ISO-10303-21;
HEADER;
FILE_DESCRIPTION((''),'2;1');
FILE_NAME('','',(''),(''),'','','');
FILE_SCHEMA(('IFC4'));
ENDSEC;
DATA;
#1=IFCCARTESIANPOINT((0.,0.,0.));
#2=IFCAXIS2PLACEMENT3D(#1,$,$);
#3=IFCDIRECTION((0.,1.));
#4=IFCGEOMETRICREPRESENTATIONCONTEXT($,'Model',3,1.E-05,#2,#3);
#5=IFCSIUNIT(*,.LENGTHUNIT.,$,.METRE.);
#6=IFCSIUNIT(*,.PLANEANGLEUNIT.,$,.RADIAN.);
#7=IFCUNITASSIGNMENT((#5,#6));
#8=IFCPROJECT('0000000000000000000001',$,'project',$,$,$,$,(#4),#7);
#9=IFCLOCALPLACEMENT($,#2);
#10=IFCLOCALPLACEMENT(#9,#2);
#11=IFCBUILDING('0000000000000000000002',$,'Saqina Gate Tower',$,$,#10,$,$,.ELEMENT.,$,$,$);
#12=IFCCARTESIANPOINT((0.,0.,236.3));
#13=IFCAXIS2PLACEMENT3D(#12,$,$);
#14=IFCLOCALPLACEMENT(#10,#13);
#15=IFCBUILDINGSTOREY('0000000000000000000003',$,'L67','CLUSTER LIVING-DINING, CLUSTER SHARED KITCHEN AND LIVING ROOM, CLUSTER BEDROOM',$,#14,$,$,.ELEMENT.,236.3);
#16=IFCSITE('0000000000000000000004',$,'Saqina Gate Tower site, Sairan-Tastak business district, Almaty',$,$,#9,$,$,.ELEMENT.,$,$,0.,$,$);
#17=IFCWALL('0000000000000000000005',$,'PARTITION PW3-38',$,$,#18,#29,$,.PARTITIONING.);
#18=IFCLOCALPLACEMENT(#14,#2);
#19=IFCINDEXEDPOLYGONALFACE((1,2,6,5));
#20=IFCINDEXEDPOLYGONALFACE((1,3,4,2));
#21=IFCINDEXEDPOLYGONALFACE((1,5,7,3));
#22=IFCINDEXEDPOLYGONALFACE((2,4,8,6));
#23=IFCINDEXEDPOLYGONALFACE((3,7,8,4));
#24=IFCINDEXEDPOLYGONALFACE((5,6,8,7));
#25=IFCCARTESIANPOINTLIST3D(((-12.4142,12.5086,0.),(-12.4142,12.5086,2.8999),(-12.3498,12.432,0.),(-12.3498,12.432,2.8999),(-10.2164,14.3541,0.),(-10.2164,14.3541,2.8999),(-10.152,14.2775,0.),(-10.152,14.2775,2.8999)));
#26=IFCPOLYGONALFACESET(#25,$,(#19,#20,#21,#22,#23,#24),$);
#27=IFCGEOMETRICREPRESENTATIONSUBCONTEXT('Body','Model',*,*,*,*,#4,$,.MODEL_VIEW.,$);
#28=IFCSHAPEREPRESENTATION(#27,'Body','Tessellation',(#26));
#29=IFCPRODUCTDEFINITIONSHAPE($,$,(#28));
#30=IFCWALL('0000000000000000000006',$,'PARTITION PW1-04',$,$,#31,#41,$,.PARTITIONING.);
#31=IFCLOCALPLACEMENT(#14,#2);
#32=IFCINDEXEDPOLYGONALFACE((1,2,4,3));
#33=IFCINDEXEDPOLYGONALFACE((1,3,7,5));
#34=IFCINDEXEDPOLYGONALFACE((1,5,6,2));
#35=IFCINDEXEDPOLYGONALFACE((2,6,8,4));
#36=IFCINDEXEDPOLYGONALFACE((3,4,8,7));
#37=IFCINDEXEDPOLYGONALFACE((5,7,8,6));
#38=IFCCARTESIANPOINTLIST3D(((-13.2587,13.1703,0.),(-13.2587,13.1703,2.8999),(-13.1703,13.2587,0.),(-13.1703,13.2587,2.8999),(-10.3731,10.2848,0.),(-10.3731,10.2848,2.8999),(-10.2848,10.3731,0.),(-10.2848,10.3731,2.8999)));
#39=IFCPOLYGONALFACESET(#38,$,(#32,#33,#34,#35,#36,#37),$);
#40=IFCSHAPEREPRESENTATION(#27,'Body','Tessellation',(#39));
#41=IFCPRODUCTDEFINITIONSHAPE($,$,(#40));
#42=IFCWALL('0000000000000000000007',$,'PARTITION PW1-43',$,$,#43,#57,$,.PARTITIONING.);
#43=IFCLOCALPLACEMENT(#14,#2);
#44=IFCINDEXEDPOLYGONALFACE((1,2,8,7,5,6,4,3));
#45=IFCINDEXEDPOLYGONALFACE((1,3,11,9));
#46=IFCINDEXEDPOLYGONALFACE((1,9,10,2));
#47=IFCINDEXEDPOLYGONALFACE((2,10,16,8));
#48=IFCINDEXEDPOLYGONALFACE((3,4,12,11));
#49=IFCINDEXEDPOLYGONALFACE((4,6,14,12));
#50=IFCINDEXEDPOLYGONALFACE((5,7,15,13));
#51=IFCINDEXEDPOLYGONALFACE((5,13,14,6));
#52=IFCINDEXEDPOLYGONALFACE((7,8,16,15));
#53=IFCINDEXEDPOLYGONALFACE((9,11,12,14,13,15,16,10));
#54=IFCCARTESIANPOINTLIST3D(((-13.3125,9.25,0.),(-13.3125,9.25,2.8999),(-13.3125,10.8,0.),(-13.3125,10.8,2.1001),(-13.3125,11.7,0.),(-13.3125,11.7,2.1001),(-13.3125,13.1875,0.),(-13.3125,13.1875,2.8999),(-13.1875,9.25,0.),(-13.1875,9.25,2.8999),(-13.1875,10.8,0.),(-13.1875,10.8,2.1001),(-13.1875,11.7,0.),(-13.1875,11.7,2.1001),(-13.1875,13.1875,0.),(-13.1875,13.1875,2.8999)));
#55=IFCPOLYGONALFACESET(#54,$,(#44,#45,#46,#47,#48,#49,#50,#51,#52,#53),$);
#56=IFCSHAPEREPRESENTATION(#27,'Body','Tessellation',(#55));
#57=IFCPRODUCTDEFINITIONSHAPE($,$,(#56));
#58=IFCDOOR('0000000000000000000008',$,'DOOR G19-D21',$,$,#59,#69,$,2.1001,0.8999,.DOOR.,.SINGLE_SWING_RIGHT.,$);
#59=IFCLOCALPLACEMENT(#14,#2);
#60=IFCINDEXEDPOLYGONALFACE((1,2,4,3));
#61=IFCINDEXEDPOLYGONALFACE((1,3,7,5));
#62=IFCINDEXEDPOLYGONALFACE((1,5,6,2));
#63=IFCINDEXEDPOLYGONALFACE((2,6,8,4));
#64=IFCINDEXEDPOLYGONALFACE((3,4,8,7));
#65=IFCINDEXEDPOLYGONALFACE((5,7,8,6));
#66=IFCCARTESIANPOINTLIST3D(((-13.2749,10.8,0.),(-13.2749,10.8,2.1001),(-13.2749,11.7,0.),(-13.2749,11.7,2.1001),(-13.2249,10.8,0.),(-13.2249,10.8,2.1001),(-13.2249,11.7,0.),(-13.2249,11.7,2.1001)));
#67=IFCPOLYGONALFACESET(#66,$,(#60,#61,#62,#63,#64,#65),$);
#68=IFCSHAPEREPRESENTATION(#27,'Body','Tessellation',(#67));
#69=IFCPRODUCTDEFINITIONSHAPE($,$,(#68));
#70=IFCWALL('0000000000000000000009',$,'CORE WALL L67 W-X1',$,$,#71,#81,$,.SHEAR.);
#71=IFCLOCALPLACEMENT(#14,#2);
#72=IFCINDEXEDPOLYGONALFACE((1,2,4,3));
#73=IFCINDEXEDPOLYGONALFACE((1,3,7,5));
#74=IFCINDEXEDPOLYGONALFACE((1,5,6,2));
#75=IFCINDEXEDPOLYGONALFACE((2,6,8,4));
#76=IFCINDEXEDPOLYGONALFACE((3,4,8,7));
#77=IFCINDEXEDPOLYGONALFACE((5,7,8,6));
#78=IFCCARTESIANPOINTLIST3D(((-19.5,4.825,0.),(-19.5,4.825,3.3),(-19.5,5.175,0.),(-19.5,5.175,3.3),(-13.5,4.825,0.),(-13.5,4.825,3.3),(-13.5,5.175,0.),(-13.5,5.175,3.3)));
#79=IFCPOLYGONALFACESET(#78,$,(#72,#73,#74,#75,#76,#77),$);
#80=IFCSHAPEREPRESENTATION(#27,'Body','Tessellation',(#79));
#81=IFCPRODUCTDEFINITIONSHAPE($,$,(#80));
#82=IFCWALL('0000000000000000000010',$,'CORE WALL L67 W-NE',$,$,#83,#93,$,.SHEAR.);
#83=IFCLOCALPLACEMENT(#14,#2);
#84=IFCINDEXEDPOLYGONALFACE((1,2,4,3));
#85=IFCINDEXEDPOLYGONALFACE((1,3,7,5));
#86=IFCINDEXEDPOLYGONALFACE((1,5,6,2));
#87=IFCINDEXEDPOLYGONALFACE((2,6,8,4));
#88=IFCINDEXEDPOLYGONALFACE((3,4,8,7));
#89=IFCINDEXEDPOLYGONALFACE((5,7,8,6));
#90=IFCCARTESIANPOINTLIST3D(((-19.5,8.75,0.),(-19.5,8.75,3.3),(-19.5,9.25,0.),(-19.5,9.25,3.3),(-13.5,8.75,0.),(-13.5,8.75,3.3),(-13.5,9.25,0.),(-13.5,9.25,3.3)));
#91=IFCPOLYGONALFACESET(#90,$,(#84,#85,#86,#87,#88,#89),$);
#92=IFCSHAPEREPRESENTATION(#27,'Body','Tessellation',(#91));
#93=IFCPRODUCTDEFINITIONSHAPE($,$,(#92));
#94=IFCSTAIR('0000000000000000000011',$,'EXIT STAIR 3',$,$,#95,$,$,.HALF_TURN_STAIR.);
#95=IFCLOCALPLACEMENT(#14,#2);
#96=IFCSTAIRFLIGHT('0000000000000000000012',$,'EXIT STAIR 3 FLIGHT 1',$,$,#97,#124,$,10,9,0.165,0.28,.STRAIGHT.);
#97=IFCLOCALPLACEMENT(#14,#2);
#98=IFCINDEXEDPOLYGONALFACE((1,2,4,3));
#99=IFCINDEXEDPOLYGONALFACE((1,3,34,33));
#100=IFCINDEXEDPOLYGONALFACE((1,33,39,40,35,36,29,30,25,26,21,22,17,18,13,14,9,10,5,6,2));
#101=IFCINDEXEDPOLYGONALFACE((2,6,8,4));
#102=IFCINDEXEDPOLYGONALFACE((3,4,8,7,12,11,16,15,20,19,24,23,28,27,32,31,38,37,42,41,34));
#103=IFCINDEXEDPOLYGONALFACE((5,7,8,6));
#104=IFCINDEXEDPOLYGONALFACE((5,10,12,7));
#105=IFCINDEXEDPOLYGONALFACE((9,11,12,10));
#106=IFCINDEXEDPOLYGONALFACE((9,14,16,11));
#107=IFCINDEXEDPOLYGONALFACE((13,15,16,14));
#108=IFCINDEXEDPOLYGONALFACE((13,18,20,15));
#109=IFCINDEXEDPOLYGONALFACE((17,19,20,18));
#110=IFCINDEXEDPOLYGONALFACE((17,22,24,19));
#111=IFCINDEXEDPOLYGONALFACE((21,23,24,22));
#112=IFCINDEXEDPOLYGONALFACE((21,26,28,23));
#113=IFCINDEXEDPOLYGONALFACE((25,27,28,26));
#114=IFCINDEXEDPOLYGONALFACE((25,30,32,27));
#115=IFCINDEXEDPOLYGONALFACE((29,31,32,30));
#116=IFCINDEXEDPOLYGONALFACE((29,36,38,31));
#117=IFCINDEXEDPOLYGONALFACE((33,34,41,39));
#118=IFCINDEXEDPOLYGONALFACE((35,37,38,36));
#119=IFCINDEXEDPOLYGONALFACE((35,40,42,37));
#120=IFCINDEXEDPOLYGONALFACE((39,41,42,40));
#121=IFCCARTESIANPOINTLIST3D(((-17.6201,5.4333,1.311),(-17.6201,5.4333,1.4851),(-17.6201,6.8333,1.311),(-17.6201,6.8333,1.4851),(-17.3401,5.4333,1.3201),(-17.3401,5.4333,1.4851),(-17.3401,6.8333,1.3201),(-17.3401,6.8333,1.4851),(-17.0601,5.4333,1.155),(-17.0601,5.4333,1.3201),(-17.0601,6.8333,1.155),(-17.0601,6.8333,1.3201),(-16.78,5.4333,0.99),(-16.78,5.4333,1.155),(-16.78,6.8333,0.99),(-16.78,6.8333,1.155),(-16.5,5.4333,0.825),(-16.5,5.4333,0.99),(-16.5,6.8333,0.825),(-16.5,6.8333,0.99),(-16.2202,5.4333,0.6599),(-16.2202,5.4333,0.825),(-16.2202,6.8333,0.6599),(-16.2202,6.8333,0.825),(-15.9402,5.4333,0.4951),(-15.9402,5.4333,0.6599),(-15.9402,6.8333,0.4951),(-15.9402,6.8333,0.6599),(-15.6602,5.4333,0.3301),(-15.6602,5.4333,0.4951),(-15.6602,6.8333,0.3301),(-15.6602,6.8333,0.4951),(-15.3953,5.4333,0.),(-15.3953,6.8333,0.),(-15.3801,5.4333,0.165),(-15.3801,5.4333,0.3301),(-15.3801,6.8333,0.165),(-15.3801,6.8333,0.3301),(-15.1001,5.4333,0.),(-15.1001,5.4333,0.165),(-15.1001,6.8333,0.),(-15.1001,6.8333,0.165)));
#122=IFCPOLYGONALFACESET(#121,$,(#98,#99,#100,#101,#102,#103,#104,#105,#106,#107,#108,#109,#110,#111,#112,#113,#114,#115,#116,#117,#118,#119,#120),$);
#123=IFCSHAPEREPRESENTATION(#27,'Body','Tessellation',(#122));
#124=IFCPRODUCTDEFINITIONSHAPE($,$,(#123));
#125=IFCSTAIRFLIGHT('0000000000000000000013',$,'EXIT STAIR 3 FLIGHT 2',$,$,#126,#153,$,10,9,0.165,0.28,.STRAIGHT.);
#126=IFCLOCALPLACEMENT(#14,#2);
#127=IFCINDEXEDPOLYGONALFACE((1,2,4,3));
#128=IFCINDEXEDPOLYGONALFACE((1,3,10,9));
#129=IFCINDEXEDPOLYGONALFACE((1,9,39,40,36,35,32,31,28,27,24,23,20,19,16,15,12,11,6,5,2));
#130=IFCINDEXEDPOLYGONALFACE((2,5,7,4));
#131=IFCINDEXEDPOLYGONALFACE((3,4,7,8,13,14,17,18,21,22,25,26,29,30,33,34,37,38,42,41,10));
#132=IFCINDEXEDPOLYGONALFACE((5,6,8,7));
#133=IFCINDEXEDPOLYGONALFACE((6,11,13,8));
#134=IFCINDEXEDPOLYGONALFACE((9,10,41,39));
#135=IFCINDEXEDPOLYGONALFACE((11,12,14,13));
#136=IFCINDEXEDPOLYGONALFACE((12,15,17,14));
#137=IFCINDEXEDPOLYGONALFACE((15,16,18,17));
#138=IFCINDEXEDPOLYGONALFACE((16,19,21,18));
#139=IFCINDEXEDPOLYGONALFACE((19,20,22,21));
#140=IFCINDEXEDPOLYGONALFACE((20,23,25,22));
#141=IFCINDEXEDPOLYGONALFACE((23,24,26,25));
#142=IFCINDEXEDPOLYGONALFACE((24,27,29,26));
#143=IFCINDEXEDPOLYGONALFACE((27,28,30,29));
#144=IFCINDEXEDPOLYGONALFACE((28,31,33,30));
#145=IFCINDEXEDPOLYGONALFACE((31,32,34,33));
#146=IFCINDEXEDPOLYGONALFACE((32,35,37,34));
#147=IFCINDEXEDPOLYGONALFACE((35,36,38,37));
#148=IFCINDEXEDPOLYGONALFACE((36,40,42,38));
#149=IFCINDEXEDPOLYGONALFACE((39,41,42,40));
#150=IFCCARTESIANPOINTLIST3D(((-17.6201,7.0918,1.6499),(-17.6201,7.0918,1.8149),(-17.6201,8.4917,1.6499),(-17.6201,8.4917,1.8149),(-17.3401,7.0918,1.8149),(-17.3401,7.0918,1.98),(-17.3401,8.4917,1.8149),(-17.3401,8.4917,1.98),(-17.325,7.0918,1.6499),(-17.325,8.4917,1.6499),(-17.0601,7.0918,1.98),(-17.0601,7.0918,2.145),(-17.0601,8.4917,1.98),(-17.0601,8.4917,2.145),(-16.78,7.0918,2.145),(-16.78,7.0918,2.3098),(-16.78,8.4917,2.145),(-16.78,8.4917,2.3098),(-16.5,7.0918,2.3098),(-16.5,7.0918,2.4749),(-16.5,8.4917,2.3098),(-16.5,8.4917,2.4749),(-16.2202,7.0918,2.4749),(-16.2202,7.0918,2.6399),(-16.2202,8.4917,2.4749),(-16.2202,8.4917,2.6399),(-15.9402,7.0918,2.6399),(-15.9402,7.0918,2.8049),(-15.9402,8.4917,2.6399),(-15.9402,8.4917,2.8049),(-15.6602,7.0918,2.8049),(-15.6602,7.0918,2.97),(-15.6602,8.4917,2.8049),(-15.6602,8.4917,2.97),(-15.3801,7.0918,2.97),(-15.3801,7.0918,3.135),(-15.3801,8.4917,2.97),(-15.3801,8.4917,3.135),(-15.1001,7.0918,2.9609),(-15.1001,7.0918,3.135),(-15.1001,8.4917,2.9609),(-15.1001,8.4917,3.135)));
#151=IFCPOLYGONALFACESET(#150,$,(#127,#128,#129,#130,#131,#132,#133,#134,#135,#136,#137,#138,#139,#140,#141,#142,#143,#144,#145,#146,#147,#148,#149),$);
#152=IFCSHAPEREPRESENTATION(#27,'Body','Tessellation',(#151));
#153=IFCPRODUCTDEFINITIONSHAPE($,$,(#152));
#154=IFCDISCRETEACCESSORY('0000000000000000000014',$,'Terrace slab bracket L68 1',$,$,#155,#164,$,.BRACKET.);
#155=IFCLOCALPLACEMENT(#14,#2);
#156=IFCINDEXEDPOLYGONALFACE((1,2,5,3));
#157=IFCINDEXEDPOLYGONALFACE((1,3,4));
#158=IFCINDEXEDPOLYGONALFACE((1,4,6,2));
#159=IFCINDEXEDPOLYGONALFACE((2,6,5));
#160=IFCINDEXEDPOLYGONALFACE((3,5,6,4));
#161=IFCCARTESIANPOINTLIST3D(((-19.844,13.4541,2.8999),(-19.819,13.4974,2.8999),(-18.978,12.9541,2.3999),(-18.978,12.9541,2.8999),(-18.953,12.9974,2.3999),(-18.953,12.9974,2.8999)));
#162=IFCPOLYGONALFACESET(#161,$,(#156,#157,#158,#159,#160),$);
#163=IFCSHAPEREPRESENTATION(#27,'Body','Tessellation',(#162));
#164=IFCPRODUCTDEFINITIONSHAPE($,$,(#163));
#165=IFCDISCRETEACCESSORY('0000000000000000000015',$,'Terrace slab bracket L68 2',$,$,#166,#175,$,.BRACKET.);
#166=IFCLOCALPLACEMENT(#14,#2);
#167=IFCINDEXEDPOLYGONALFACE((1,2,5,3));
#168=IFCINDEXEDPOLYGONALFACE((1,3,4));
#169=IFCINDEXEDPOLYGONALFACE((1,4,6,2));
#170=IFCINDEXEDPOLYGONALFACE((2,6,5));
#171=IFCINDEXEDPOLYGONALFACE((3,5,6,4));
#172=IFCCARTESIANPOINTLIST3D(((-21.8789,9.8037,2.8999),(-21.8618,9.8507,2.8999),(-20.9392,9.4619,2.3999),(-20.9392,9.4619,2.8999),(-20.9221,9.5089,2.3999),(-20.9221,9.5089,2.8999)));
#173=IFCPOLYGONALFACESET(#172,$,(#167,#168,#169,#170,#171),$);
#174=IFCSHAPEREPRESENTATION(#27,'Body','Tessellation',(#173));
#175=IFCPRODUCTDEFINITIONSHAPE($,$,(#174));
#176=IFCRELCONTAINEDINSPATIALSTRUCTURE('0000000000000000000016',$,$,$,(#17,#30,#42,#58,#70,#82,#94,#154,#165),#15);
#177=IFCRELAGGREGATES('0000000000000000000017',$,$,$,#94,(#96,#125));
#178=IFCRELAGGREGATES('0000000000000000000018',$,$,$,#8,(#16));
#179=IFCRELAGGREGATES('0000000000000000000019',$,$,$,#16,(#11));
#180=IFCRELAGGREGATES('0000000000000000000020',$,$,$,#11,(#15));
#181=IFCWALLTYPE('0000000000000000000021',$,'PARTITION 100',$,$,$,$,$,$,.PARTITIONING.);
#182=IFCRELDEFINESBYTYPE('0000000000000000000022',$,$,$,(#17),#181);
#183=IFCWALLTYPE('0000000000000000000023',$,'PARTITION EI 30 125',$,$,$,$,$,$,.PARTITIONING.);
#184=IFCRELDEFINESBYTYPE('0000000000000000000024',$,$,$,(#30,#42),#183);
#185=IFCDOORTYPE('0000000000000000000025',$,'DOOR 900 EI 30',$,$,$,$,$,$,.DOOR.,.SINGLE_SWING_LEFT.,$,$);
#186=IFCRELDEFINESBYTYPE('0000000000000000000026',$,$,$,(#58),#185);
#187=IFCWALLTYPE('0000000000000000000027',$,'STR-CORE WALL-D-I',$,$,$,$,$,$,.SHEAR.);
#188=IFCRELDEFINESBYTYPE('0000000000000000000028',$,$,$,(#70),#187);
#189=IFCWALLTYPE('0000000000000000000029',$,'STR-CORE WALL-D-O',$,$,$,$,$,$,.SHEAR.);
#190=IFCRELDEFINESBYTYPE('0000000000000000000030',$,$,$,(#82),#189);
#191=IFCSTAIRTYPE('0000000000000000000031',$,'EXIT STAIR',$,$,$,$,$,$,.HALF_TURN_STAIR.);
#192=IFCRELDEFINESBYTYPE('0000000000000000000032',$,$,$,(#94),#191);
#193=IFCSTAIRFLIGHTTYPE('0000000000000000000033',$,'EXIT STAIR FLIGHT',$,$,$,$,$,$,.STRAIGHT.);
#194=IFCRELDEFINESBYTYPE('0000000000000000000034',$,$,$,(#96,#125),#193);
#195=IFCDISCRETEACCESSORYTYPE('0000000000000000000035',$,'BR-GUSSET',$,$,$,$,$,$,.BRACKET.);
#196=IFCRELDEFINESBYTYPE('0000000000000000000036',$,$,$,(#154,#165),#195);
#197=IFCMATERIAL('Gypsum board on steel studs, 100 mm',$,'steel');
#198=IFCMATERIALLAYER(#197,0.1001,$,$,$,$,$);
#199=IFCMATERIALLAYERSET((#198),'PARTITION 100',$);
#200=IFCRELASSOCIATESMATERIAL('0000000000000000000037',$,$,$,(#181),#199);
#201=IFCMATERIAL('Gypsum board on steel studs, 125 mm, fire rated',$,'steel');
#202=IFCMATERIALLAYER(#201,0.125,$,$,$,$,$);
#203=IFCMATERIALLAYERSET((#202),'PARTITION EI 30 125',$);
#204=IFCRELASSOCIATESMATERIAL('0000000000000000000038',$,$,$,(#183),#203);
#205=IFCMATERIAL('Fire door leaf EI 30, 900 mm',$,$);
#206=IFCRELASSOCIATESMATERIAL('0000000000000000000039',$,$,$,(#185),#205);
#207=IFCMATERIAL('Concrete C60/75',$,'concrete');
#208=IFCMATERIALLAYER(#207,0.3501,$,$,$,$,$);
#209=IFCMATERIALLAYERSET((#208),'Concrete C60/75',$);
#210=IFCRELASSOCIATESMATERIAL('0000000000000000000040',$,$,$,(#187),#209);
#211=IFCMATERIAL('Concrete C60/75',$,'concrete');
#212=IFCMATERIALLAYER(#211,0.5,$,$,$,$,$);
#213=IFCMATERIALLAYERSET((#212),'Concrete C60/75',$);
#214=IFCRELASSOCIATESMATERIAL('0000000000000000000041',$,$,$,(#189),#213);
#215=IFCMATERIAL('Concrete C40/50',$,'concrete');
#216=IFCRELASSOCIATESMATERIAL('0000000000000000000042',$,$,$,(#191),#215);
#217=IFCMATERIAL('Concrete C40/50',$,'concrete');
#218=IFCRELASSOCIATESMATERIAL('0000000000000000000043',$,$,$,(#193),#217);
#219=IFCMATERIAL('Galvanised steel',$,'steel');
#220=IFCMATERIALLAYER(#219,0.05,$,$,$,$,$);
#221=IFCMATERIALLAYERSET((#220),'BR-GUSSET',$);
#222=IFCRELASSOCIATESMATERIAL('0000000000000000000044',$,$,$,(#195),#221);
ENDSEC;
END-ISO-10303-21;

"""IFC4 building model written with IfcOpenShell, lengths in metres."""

from ifc_helpers import new_model, si_unit, direction, frame, frame_2d, origin, place, context, subcontext, project, spatial, polyline, rectangle, outline, extrude, material, layer, layer_set, type_object, element, fill, aggregate, save


model = new_model("IFC4")

# Units and contexts
model_context = context("Model", 3, precision=1e-05, world=origin(), true_north=direction((0.0, 1.0)))
body_context = subcontext(model_context, "Body", "Model", "MODEL_VIEW")
ifc_project = project(units=[si_unit("LENGTHUNIT", "METRE"), si_unit("PLANEANGLEUNIT", "RADIAN")], contexts=[model_context])

# Site, building, storey
site_placement = place(None, origin())
site = spatial("IfcSite", under=ifc_project, at=site_placement, Name="Saqina Gate Tower site, Sairan-Tastak business district, Almaty", CompositionType="ELEMENT", RefElevation=0.0)
building_placement = place(site_placement, origin())
building = spatial("IfcBuilding", under=site, at=building_placement, Name="Saqina Gate Tower", CompositionType="ELEMENT")
storey_placement = place(building_placement, frame((0.0, 0.0, 236.3)))
storey = spatial("IfcBuildingStorey", under=building, at=storey_placement, Name="L67", Description="CLUSTER LIVING-DINING, CLUSTER SHARED KITCHEN AND LIVING ROOM, CLUSTER BEDROOM", CompositionType="ELEMENT", Elevation=236.3)

# Walls
ifc_material_1 = material(Name="Gypsum board on steel studs, 100 mm", Category="steel")
ifc_layer_1 = layer(ifc_material_1, 0.1001)
ifc_layer_set_1 = layer_set([ifc_layer_1], Name="PARTITION 100")
wall_type_1 = type_object("IfcWallType", Name="PARTITION 100", PredefinedType="PARTITIONING", material=ifc_layer_set_1)
wall_1_placement = place(storey_placement, frame((-12.3821, 12.4702, 0.0), z_axis=(0.0, 0.0, 1.0), x_axis=(0.765817, 0.643058, 0.0)))
element("IfcWall", 1, at=wall_1_placement, inside=storey, type_object=wall_type_1, Name="PARTITION PW3-38", PredefinedType="PARTITIONING", context=body_context, shape_type="SweptSolid", body=[
    extrude(rectangle(XDim=2.8699, YDim=0.1001, at=frame_2d((1.4351, 0.0))), origin(), (0.0, 0.0, 1.0), 2.8999),
])
ifc_material_2 = material(Name="Gypsum board on steel studs, 125 mm, fire rated", Category="steel")
ifc_layer_2 = layer(ifc_material_2, 0.125)
ifc_layer_set_2 = layer_set([ifc_layer_2], Name="PARTITION EI 30 125")
wall_type_2 = type_object("IfcWallType", Name="PARTITION EI 30 125", PredefinedType="PARTITIONING", material=ifc_layer_set_2)
wall_2_placement = place(storey_placement, frame((-13.2146, 13.2146, 0.0), z_axis=(0.0, 0.0, 1.0), x_axis=(0.707107, -0.707107, 0.0)))
element("IfcWall", 2, at=wall_2_placement, inside=storey, type_object=wall_type_2, Name="PARTITION PW1-04", PredefinedType="PARTITIONING", context=body_context, shape_type="SweptSolid", body=[
    extrude(rectangle(XDim=4.0808, YDim=0.125, at=frame_2d((2.0405, 0.0))), origin(), (0.0, 0.0, 1.0), 2.8999),
])

# Wall, opening, door
wall_3_placement = place(storey_placement, frame((-13.25, 9.25, 0.0), z_axis=(0.0, 0.0, 1.0), x_axis=(0.0, 1.0, 0.0)))
wall_3 = element("IfcWall", 3, at=wall_3_placement, inside=storey, type_object=wall_type_2, Name="PARTITION PW1-43", PredefinedType="PARTITIONING", context=body_context, shape_type="SweptSolid", body=[
    extrude(rectangle(XDim=3.9375, YDim=0.125, at=frame_2d((1.9688, 0.0))), origin(), (0.0, 0.0, 1.0), 2.8999),
])
opening_1_placement = place(wall_3_placement, frame((1.55, 0.0, 0.0)))
opening_1 = element("IfcOpeningElement", 4, at=opening_1_placement, cuts=wall_3, PredefinedType="OPENING", context=body_context, shape_type="SweptSolid", body=[
    extrude(rectangle(XDim=0.8999, YDim=2.1001, at=frame_2d((0.45, 1.05))), frame((0.0, 0.0745, 0.0), z_axis=(0.0, -1.0, 0.0), x_axis=(1.0, 0.0, 0.0)), (0.0, 0.0, 1.0), 0.1489),
])
ifc_material_3 = material(Name="Fire door leaf EI 30, 900 mm")
door_type_1 = type_object("IfcDoorType", Name="DOOR 900 EI 30", OperationType="SINGLE_SWING_LEFT", PredefinedType="DOOR", material=ifc_material_3)
door_1_placement = place(opening_1_placement, origin())
door_1 = element("IfcDoor", 5, at=door_1_placement, inside=storey, type_object=door_type_1, Name="DOOR G19-D21", OperationType="SINGLE_SWING_RIGHT", OverallHeight=2.1001, OverallWidth=0.8999, PredefinedType="DOOR", context=body_context, shape_type="SweptSolid", body=[
    extrude(rectangle(XDim=0.8999, YDim=2.1001, at=frame_2d((0.45, 1.05))), frame((0.0, 0.0249, 0.0), z_axis=(0.0, -1.0, 0.0), x_axis=(1.0, 0.0, 0.0)), (0.0, 0.0, 1.0), 0.05),
])
fill(opening_1, door_1)

# Walls
ifc_material_4 = material(Name="Concrete C60/75", Category="concrete")
ifc_layer_3 = layer(ifc_material_4, 0.3501)
ifc_layer_set_3 = layer_set([ifc_layer_3], Name="Concrete C60/75")
wall_type_3 = type_object("IfcWallType", Name="STR-CORE WALL-D-I", PredefinedType="SHEAR", material=ifc_layer_set_3)
wall_4_placement = place(storey_placement, frame((-13.5, 5.0, 0.0), z_axis=(0.0, 0.0, 1.0), x_axis=(-1.0, 0.0, 0.0)))
element("IfcWall", 6, at=wall_4_placement, inside=storey, type_object=wall_type_3, Name="CORE WALL L67 W-X1", PredefinedType="SHEAR", context=body_context, shape_type="SweptSolid", body=[
    extrude(rectangle(XDim=6.0, YDim=0.3501, at=frame_2d((3.0, 0.0))), origin(), (0.0, 0.0, 1.0), 3.3),
])
ifc_material_5 = material(Name="Concrete C60/75", Category="concrete")
ifc_layer_4 = layer(ifc_material_5, 0.5)
ifc_layer_set_4 = layer_set([ifc_layer_4], Name="Concrete C60/75")
wall_type_4 = type_object("IfcWallType", Name="STR-CORE WALL-D-O", PredefinedType="SHEAR", material=ifc_layer_set_4)
wall_5_placement = place(storey_placement, frame((-13.5, 9.0, 0.0), z_axis=(0.0, 0.0, 1.0), x_axis=(-1.0, 0.0, 0.0)))
element("IfcWall", 7, at=wall_5_placement, inside=storey, type_object=wall_type_4, Name="CORE WALL L67 W-NE", PredefinedType="SHEAR", context=body_context, shape_type="SweptSolid", body=[
    extrude(rectangle(XDim=6.0, YDim=0.5, at=frame_2d((3.0, 0.0))), origin(), (0.0, 0.0, 1.0), 3.3),
])

# Stair, stair flights
ifc_material_6 = material(Name="Concrete C40/50", Category="concrete")
stair_type = type_object("IfcStairType", Name="EXIT STAIR", PredefinedType="HALF_TURN_STAIR", material=ifc_material_6)
stair_placement = place(storey_placement, origin())
stair = element("IfcStair", 8, at=stair_placement, inside=storey, type_object=stair_type, Name="EXIT STAIR 3", PredefinedType="HALF_TURN_STAIR")
ifc_material_7 = material(Name="Concrete C40/50", Category="concrete")
stair_flight_type = type_object("IfcStairFlightType", Name="EXIT STAIR FLIGHT", PredefinedType="STRAIGHT", material=ifc_material_7)
stair_flight_1_placement = place(storey_placement, frame((-15.1001, 6.1333, 0.0), z_axis=(0.0, 0.0, 1.0), x_axis=(-1.0, 0.0, 0.0)))
stair_flight_1 = element("IfcStairFlight", 9, at=stair_flight_1_placement, type_object=stair_flight_type, Name="EXIT STAIR 3 FLIGHT 1", NumberOfRisers=10, NumberOfTreads=9, PredefinedType="STRAIGHT", RiserHeight=0.165, TreadLength=0.28, context=body_context, shape_type="SweptSolid", body=[
    extrude(outline(polyline([(0.0, 0.0), (0.0, 0.165), (0.28, 0.165), (0.28, 0.3301), (0.5601, 0.3301), (0.5601, 0.4951), (0.8401, 0.4951), (0.8401, 0.6599), (1.1201, 0.6599), (1.1201, 0.825), (1.3999, 0.825), (1.3999, 0.99), (1.6799, 0.99), (1.6799, 1.155), (1.96, 1.155), (1.96, 1.3201), (2.24, 1.3201), (2.24, 1.4851), (2.52, 1.4851), (2.52, 1.6499), (2.52, 1.311), (0.2952, 0.0), (0.0, 0.0)])), frame((0.0, 0.7, 0.0), z_axis=(0.0, -1.0, 0.0), x_axis=(1.0, 0.0, 0.0)), (0.0, 0.0, 1.0), 1.3999),
])
stair_flight_2_placement = place(storey_placement, frame((-17.6201, 7.7917, 1.6499), z_axis=(0.0, 0.0, 1.0), x_axis=(1.0, 0.0, 0.0)))
stair_flight_2 = element("IfcStairFlight", 10, at=stair_flight_2_placement, type_object=stair_flight_type, Name="EXIT STAIR 3 FLIGHT 2", NumberOfRisers=10, NumberOfTreads=9, PredefinedType="STRAIGHT", RiserHeight=0.165, TreadLength=0.28, context=body_context, shape_type="SweptSolid", body=[
    extrude(outline(polyline([(0.0, 0.0), (0.0, 0.165), (0.28, 0.165), (0.28, 0.3301), (0.5601, 0.3301), (0.5601, 0.4951), (0.8401, 0.4951), (0.8401, 0.6599), (1.1201, 0.6599), (1.1201, 0.825), (1.3999, 0.825), (1.3999, 0.99), (1.6799, 0.99), (1.6799, 1.155), (1.96, 1.155), (1.96, 1.3201), (2.24, 1.3201), (2.24, 1.4851), (2.52, 1.4851), (2.52, 1.6499), (2.52, 1.311), (0.2952, 0.0), (0.0, 0.0)])), frame((0.0, 0.7, 0.0), z_axis=(0.0, -1.0, 0.0), x_axis=(1.0, 0.0, 0.0)), (0.0, 0.0, 1.0), 1.3999),
])
aggregate(stair, [stair_flight_1, stair_flight_2])

# Discrete accessories
ifc_material_8 = material(Name="Galvanised steel", Category="steel")
ifc_layer_5 = layer(ifc_material_8, 0.05)
ifc_layer_set_5 = layer_set([ifc_layer_5], Name="BR-GUSSET")
discrete_accessory_type = type_object("IfcDiscreteAccessoryType", Name="BR-GUSSET", PredefinedType="BRACKET", material=ifc_layer_set_5)
discrete_accessory_1_placement = place(storey_placement, frame((-18.978, 12.9541, 2.3999), z_axis=(-0.500025, -0.866011, 0.0), x_axis=(0.0, 0.0, 1.0)))
element("IfcDiscreteAccessory", 11, at=discrete_accessory_1_placement, inside=storey, type_object=discrete_accessory_type, Name="Terrace slab bracket L68 1", PredefinedType="BRACKET", context=body_context, shape_type="SweptSolid", body=[
    extrude(outline(polyline([(0.0, 0.0), (0.5, 0.0), (0.5, 0.9999), (0.0, 0.0)])), origin(), (0.0, 0.0, -1.0), 0.05),
])
discrete_accessory_2_placement = place(storey_placement, frame((-20.9392, 9.4619, 2.3999), z_axis=(-0.341821, -0.939765, 0.0), x_axis=(0.0, 0.0, 1.0)))
element("IfcDiscreteAccessory", 12, at=discrete_accessory_2_placement, inside=storey, type_object=discrete_accessory_type, Name="Terrace slab bracket L68 2", PredefinedType="BRACKET", context=body_context, shape_type="SweptSolid", body=[
    extrude(outline(polyline([(0.0, 0.0), (0.5, 0.0), (0.5, 0.9999), (0.0, 0.0)])), origin(), (0.0, 0.0, -1.0), 0.05),
])

save(model, "model.ifc")
